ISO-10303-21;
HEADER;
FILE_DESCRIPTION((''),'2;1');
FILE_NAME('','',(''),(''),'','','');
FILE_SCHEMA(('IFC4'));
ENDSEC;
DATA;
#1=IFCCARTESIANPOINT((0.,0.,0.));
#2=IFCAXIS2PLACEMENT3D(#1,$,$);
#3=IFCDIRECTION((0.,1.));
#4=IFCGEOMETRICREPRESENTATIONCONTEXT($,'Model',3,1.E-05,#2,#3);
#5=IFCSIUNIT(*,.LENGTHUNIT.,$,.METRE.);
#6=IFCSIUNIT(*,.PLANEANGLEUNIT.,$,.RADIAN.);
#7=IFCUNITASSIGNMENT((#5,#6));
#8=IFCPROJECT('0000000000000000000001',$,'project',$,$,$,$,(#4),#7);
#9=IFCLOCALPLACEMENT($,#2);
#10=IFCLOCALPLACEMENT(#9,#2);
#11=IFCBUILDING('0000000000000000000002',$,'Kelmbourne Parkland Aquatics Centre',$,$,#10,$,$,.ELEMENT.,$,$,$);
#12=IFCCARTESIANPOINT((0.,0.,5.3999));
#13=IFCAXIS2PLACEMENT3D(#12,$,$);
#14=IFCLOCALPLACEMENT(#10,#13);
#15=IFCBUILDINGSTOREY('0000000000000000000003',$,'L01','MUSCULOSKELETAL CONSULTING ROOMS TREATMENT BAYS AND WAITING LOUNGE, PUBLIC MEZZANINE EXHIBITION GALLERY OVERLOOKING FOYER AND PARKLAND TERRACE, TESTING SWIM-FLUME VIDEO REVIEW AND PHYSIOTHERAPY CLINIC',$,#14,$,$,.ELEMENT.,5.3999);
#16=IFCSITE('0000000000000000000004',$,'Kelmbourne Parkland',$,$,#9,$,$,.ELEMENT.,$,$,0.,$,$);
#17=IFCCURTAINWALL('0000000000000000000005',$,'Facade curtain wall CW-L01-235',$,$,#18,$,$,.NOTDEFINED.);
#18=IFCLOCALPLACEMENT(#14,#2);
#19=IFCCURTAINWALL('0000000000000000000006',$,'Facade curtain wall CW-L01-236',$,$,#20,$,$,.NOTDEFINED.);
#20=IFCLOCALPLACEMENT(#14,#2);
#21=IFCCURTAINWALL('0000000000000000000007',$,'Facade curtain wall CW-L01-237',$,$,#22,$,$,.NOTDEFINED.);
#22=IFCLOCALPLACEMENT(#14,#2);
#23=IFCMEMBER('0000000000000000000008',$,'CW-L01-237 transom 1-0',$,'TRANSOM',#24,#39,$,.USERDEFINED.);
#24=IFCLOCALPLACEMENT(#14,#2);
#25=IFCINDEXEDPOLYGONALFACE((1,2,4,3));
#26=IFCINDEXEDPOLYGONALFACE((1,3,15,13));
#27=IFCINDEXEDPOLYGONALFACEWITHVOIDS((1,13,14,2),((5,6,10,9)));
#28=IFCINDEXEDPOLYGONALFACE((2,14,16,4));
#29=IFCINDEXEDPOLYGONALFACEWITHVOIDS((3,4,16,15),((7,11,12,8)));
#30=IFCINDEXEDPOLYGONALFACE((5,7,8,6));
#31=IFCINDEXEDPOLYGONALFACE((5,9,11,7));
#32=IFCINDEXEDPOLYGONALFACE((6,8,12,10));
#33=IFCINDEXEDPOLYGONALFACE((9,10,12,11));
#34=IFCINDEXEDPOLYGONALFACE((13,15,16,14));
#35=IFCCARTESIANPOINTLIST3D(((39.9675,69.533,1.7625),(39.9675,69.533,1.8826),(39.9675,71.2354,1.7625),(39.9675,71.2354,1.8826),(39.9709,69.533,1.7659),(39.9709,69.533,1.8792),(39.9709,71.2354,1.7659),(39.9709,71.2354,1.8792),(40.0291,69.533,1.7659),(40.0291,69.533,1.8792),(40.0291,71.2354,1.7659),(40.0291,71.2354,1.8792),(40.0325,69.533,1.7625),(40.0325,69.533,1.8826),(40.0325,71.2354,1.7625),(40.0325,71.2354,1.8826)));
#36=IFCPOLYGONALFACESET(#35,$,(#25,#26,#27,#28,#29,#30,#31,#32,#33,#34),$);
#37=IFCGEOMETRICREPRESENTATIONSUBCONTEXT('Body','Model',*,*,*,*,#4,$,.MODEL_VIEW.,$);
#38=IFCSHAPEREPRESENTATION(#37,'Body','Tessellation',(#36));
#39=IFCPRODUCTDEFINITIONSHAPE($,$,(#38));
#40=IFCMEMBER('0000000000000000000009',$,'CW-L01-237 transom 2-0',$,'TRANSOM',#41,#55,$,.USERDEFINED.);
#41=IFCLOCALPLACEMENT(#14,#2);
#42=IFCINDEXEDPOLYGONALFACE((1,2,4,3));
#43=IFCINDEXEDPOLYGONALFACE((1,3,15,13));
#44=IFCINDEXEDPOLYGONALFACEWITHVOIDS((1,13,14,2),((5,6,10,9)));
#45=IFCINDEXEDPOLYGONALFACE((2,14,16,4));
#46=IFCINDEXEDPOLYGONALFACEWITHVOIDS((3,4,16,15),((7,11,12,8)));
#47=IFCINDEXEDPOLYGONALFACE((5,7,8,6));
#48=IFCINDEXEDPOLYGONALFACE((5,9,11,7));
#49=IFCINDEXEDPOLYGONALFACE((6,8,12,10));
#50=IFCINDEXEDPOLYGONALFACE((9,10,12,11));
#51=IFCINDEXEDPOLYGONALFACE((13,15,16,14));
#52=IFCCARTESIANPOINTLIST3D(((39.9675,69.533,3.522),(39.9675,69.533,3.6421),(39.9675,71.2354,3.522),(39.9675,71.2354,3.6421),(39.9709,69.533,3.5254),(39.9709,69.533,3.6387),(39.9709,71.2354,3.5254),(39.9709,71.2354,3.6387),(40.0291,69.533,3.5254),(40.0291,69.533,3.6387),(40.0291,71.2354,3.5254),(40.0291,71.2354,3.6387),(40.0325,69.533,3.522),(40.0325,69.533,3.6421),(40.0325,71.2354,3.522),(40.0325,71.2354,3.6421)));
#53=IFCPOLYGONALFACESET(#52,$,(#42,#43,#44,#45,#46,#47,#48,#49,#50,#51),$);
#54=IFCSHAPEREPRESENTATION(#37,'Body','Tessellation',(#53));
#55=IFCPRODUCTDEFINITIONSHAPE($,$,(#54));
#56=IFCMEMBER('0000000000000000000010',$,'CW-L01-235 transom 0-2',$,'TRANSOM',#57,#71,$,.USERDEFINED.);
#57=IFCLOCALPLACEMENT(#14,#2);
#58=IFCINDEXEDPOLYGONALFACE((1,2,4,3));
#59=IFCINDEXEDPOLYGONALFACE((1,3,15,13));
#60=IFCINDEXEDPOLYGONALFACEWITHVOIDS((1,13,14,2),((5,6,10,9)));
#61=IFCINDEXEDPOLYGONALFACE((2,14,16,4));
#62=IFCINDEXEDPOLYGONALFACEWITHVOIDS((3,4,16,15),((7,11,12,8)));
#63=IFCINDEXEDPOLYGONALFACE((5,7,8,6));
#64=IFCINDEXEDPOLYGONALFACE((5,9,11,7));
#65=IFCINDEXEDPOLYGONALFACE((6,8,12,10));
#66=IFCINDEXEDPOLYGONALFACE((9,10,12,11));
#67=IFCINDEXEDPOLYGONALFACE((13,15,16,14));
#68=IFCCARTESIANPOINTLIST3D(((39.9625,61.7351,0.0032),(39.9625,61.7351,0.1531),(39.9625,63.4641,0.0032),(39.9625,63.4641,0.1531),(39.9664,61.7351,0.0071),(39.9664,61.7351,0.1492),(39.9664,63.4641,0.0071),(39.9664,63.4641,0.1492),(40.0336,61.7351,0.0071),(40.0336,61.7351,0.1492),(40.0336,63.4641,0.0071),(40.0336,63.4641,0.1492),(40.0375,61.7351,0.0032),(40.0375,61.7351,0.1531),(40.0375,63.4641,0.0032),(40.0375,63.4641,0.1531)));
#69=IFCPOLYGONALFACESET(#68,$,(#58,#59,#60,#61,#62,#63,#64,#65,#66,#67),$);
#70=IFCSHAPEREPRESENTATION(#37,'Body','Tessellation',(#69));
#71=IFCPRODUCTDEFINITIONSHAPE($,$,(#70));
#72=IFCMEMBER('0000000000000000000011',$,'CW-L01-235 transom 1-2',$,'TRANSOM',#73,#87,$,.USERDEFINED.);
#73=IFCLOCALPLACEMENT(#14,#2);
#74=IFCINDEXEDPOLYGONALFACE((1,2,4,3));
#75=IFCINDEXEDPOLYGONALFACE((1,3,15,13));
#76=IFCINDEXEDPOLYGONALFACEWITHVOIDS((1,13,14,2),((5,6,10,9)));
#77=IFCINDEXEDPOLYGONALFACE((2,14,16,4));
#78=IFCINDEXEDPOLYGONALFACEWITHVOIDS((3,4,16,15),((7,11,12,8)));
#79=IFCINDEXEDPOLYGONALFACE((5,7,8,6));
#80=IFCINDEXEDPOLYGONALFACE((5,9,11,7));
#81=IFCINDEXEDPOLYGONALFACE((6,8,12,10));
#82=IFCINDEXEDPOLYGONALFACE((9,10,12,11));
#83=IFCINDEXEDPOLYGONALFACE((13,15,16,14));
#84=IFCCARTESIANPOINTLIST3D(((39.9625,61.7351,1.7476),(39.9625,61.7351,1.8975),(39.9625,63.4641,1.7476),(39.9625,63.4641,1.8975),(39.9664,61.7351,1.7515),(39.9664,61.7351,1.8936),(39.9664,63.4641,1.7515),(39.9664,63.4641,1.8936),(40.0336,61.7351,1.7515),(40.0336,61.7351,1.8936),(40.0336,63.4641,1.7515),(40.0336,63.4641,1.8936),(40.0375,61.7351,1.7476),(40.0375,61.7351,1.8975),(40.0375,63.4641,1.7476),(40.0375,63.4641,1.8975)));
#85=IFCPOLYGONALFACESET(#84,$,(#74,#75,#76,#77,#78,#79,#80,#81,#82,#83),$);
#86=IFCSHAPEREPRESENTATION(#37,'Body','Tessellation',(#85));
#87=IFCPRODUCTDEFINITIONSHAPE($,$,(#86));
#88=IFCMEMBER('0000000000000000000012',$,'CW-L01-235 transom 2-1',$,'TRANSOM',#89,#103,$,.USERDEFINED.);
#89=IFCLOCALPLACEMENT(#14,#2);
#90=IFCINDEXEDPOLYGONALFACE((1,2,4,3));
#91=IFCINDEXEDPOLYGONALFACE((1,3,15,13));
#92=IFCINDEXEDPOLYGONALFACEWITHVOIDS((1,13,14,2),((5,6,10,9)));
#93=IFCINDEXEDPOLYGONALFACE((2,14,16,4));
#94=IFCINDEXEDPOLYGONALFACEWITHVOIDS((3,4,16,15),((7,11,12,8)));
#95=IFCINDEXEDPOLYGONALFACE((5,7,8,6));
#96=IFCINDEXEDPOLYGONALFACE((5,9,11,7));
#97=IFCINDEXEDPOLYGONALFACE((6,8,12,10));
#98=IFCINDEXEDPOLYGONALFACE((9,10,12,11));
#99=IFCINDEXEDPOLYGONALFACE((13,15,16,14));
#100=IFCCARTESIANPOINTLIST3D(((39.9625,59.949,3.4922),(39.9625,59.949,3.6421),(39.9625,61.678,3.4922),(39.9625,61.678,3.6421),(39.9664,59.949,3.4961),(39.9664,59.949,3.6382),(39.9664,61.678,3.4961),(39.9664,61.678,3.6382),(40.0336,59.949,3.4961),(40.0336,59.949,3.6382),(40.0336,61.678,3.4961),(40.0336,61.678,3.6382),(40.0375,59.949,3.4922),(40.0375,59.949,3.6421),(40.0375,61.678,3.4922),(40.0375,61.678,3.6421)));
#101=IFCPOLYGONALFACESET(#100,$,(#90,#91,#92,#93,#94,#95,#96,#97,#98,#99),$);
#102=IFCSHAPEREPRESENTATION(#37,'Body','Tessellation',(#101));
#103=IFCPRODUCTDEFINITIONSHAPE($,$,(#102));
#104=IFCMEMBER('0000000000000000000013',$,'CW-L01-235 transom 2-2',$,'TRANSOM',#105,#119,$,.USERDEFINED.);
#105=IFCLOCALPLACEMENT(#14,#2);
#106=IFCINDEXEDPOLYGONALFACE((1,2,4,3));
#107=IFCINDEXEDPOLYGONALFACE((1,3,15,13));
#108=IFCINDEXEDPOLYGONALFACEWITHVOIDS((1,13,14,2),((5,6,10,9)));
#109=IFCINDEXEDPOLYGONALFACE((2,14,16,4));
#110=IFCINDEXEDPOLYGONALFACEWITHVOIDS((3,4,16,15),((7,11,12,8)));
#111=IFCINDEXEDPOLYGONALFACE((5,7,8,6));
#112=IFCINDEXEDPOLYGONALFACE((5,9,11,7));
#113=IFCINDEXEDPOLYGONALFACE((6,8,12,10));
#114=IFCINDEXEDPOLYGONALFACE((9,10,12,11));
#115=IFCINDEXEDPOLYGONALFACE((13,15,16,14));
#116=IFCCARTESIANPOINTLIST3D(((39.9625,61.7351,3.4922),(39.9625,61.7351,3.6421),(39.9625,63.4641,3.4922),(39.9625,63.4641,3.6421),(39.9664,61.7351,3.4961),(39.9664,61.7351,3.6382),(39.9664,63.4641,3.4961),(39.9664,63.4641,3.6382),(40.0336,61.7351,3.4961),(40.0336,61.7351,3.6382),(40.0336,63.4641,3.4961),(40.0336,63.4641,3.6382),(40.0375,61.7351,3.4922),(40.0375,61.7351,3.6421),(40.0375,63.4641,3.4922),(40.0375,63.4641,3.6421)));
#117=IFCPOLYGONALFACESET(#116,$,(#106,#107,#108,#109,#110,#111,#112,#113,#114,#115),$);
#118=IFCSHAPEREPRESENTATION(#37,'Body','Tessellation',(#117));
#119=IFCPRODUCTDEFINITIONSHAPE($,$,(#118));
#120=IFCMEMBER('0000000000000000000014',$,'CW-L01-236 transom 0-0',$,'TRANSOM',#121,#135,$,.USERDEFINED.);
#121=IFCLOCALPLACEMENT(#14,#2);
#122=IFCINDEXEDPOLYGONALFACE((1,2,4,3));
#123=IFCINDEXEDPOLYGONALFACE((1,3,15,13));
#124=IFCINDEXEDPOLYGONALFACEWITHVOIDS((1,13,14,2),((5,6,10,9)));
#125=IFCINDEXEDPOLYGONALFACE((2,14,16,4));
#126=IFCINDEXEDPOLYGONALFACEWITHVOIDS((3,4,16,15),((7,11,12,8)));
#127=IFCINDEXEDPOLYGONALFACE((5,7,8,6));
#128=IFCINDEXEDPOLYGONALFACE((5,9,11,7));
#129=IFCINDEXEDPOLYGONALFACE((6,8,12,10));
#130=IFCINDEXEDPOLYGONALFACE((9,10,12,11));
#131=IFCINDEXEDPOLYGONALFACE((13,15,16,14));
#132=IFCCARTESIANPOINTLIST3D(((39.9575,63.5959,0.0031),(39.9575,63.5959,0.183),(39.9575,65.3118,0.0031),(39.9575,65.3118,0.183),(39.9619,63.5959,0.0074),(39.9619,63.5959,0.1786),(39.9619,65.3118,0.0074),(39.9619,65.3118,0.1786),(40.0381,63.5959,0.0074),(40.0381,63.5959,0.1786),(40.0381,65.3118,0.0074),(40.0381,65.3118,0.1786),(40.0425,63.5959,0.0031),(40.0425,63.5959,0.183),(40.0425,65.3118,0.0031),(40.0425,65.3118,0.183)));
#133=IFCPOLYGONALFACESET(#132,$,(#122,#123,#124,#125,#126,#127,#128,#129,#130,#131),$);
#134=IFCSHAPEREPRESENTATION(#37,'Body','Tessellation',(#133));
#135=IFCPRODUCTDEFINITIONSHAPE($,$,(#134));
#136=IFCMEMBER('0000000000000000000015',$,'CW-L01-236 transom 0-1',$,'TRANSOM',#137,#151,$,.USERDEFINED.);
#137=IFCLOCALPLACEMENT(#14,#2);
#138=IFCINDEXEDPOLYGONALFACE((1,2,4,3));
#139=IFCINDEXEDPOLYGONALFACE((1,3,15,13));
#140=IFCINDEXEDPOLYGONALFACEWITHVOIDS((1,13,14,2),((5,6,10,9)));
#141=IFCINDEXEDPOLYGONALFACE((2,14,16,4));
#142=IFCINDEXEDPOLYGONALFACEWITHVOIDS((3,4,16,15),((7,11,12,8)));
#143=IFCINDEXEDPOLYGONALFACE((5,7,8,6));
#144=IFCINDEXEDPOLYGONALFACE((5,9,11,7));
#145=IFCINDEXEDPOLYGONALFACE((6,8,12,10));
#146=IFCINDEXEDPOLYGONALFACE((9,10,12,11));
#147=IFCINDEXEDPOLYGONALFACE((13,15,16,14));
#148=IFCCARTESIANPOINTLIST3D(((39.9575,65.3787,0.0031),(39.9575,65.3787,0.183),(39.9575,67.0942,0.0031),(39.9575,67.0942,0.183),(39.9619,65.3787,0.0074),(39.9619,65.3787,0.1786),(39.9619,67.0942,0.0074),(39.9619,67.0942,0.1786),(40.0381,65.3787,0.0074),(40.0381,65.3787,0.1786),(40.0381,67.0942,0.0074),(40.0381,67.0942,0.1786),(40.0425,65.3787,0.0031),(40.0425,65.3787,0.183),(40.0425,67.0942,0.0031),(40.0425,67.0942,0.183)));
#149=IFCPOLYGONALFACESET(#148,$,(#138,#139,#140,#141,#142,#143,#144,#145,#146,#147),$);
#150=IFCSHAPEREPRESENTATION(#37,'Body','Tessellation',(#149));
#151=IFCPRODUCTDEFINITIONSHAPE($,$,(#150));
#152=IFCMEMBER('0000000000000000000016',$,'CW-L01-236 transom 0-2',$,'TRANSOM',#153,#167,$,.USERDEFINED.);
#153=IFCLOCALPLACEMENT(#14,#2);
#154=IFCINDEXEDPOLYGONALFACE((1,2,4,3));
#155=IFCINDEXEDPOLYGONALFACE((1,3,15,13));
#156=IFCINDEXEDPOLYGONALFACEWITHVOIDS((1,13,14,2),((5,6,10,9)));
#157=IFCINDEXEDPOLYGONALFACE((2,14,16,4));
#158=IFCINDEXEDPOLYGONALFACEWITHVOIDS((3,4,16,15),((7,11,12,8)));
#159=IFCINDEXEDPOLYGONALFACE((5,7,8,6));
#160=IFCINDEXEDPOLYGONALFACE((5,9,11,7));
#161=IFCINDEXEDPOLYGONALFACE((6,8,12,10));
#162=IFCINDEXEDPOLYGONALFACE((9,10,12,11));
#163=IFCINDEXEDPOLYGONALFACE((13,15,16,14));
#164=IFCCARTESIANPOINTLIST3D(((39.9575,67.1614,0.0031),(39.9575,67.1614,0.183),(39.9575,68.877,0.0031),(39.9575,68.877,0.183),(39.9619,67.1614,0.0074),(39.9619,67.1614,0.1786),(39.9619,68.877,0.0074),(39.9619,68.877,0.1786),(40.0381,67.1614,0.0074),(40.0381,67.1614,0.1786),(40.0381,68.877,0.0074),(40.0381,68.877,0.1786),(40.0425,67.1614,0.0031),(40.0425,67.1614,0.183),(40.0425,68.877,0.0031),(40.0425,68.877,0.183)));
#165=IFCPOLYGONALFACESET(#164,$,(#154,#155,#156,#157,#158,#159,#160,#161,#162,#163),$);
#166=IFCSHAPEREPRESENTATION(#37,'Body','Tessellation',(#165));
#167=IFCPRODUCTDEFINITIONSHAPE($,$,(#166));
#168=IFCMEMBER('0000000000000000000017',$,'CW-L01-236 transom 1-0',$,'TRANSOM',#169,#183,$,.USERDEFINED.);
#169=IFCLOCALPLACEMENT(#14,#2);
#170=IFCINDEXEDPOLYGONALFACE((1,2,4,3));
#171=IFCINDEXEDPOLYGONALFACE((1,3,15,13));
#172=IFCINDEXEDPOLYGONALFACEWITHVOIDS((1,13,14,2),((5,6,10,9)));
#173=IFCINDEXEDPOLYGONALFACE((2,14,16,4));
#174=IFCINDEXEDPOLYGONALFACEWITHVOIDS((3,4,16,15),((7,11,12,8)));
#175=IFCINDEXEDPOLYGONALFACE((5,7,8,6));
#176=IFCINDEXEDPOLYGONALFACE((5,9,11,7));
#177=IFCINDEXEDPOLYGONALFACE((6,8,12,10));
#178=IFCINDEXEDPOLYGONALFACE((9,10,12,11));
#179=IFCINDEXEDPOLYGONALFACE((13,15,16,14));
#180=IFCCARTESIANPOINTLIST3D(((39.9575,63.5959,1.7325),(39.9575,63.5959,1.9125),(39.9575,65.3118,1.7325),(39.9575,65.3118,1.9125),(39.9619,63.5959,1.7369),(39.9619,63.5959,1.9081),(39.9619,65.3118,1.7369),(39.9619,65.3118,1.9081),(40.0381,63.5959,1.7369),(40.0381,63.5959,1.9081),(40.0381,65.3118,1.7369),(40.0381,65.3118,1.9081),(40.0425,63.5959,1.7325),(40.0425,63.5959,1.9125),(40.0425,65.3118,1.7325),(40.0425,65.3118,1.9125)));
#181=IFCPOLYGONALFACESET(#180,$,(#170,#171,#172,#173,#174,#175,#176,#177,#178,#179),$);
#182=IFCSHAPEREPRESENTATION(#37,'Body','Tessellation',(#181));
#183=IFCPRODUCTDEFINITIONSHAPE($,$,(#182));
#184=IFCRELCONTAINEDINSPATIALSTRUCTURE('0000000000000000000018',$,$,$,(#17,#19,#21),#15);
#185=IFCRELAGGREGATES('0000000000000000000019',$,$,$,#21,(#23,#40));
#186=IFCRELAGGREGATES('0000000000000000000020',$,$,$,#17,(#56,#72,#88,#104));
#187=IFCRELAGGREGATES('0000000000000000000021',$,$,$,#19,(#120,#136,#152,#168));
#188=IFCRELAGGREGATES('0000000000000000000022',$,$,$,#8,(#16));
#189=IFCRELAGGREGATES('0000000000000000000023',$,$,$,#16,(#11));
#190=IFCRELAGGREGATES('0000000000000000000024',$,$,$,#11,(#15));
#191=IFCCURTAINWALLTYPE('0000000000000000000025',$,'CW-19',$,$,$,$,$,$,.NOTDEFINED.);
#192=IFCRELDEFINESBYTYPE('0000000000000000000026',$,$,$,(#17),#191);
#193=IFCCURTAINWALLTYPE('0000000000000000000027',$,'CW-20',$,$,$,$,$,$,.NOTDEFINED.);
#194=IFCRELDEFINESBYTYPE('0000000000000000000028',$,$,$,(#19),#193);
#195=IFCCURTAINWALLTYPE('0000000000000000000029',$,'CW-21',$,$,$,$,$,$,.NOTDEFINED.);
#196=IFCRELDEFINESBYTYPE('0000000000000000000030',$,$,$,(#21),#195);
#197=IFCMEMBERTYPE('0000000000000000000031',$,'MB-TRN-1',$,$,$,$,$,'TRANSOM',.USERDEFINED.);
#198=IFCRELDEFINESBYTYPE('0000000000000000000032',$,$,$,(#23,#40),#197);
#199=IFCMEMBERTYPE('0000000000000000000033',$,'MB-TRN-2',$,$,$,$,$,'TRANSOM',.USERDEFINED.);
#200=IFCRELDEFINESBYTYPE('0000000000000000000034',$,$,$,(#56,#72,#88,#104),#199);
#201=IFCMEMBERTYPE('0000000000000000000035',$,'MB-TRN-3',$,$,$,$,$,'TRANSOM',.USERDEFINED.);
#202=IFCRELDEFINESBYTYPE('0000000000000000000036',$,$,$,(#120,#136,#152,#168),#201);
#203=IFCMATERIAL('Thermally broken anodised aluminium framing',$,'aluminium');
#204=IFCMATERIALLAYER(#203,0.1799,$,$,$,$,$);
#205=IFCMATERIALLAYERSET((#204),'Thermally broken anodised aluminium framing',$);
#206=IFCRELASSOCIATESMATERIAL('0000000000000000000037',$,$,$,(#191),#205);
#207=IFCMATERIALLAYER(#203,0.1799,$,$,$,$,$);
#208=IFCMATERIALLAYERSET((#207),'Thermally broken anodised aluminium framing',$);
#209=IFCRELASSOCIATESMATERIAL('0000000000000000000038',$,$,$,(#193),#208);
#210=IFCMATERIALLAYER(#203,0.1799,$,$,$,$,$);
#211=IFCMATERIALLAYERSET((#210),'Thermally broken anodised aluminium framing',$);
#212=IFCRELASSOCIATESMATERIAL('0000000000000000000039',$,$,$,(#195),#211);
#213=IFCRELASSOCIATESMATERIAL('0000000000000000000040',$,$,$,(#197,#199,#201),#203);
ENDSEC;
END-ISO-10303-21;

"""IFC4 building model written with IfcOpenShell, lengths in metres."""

from ifc_helpers import new_model, si_unit, direction, frame, origin, origin_2d, place, context, subcontext, project, spatial, hollow_rectangle, extrude, material, layer, layer_set, material_profile, profile_set, type_object, element, aggregate, save


model = new_model("IFC4")

# Units and contexts
model_context = context("Model", 3, precision=1e-05, world=origin(), true_north=direction((0.0, 1.0)))
body_context = subcontext(model_context, "Body", "Model", "MODEL_VIEW")
ifc_project = project(units=[si_unit("LENGTHUNIT", "METRE"), si_unit("PLANEANGLEUNIT", "RADIAN")], contexts=[model_context])

# Site, building, storey
site_placement = place(None, origin())
site = spatial("IfcSite", under=ifc_project, at=site_placement, Name="Kelmbourne Parkland", CompositionType="ELEMENT", RefElevation=0.0)
building_placement = place(site_placement, origin())
building = spatial("IfcBuilding", under=site, at=building_placement, Name="Kelmbourne Parkland Aquatics Centre", CompositionType="ELEMENT")
storey_placement = place(building_placement, frame((0.0, 0.0, 5.3999)))
storey = spatial("IfcBuildingStorey", under=building, at=storey_placement, Name="L01", Description="MUSCULOSKELETAL CONSULTING ROOMS TREATMENT BAYS AND WAITING LOUNGE, PUBLIC MEZZANINE EXHIBITION GALLERY OVERLOOKING FOYER AND PARKLAND TERRACE, TESTING SWIM-FLUME VIDEO REVIEW AND PHYSIOTHERAPY CLINIC", CompositionType="ELEMENT", Elevation=5.3999)

# Curtain walls, members
ifc_material_1 = material(Name="Thermally broken anodised aluminium framing", Category="aluminium")
ifc_layer_1 = layer(ifc_material_1, 0.1799)
ifc_layer_set_1 = layer_set([ifc_layer_1], Name="Thermally broken anodised aluminium framing")
curtain_wall_type_1 = type_object("IfcCurtainWallType", Name="CW-19", PredefinedType="NOTDEFINED", material=ifc_layer_set_1)
curtain_wall_1_placement = place(storey_placement, origin())
curtain_wall_1 = element("IfcCurtainWall", 1, at=curtain_wall_1_placement, inside=storey, type_object=curtain_wall_type_1, Name="Facade curtain wall CW-L01-235", PredefinedType="NOTDEFINED")
ifc_layer_2 = layer(ifc_material_1, 0.1799)
ifc_layer_set_2 = layer_set([ifc_layer_2], Name="Thermally broken anodised aluminium framing")
curtain_wall_type_2 = type_object("IfcCurtainWallType", Name="CW-20", PredefinedType="NOTDEFINED", material=ifc_layer_set_2)
curtain_wall_2_placement = place(storey_placement, origin())
curtain_wall_2 = element("IfcCurtainWall", 2, at=curtain_wall_2_placement, inside=storey, type_object=curtain_wall_type_2, Name="Facade curtain wall CW-L01-236", PredefinedType="NOTDEFINED")
ifc_layer_3 = layer(ifc_material_1, 0.1799)
ifc_layer_set_3 = layer_set([ifc_layer_3], Name="Thermally broken anodised aluminium framing")
curtain_wall_type_3 = type_object("IfcCurtainWallType", Name="CW-21", PredefinedType="NOTDEFINED", material=ifc_layer_set_3)
curtain_wall_3_placement = place(storey_placement, origin())
curtain_wall_3 = element("IfcCurtainWall", 3, at=curtain_wall_3_placement, inside=storey, type_object=curtain_wall_type_3, Name="Facade curtain wall CW-L01-237", PredefinedType="NOTDEFINED")
ifc_material_profile_1 = material_profile(ifc_material_1, hollow_rectangle(XDim=0.0649, YDim=0.1201, WallThickness=0.0034, at=origin_2d()), Name="CW-T 65x120")
ifc_profile_set_1 = profile_set([ifc_material_profile_1], Name="Thermally broken anodised aluminium framing")
member_type_1 = type_object("IfcMemberType", Name="MB-TRN-1", ElementType="TRANSOM", PredefinedType="USERDEFINED", material=ifc_profile_set_1)
member_1_placement = place(storey_placement, frame((40.0, 69.533, 1.8225), z_axis=(0.0, 1.0, 0.0), x_axis=(-1.0, 0.0, 0.0)))
member_1 = element("IfcMember", 4, at=member_1_placement, type_object=member_type_1, Name="CW-L01-237 transom 1-0", ObjectType="TRANSOM", PredefinedType="USERDEFINED", context=body_context, shape_type="SweptSolid", body=[
    extrude(hollow_rectangle(XDim=0.0649, YDim=0.1201, WallThickness=0.0034, at=origin_2d()), origin(), (0.0, 0.0, 1.0), 1.7024),
])
member_2_placement = place(storey_placement, frame((40.0, 69.533, 3.582), z_axis=(0.0, 1.0, 0.0), x_axis=(-1.0, 0.0, 0.0)))
member_2 = element("IfcMember", 5, at=member_2_placement, type_object=member_type_1, Name="CW-L01-237 transom 2-0", ObjectType="TRANSOM", PredefinedType="USERDEFINED", context=body_context, shape_type="SweptSolid", body=[
    extrude(hollow_rectangle(XDim=0.0649, YDim=0.1201, WallThickness=0.0034, at=origin_2d()), origin(), (0.0, 0.0, 1.0), 1.7024),
])
aggregate(curtain_wall_3, [member_1, member_2])

# Members
ifc_material_profile_2 = material_profile(ifc_material_1, hollow_rectangle(XDim=0.075, YDim=0.1499, WallThickness=0.0039, at=origin_2d()), Name="CW-T 75x150")
ifc_profile_set_2 = profile_set([ifc_material_profile_2], Name="Thermally broken anodised aluminium framing")
member_type_2 = type_object("IfcMemberType", Name="MB-TRN-2", ElementType="TRANSOM", PredefinedType="USERDEFINED", material=ifc_profile_set_2)
member_3_placement = place(storey_placement, frame((40.0, 61.7351, 0.0781), z_axis=(0.0, 1.0, 0.0), x_axis=(-1.0, 0.0, 0.0)))
member_3 = element("IfcMember", 6, at=member_3_placement, type_object=member_type_2, Name="CW-L01-235 transom 0-2", ObjectType="TRANSOM", PredefinedType="USERDEFINED", context=body_context, shape_type="SweptSolid", body=[
    extrude(hollow_rectangle(XDim=0.075, YDim=0.1499, WallThickness=0.0039, at=origin_2d()), origin(), (0.0, 0.0, 1.0), 1.729),
])
member_4_placement = place(storey_placement, frame((40.0, 61.7351, 1.8225), z_axis=(0.0, 1.0, 0.0), x_axis=(-1.0, 0.0, 0.0)))
member_4 = element("IfcMember", 7, at=member_4_placement, type_object=member_type_2, Name="CW-L01-235 transom 1-2", ObjectType="TRANSOM", PredefinedType="USERDEFINED", context=body_context, shape_type="SweptSolid", body=[
    extrude(hollow_rectangle(XDim=0.075, YDim=0.1499, WallThickness=0.0039, at=origin_2d()), origin(), (0.0, 0.0, 1.0), 1.729),
])
member_5_placement = place(storey_placement, frame((40.0, 59.949, 3.5671), z_axis=(0.0, 1.0, 0.0), x_axis=(-1.0, 0.0, 0.0)))
member_5 = element("IfcMember", 8, at=member_5_placement, type_object=member_type_2, Name="CW-L01-235 transom 2-1", ObjectType="TRANSOM", PredefinedType="USERDEFINED", context=body_context, shape_type="SweptSolid", body=[
    extrude(hollow_rectangle(XDim=0.075, YDim=0.1499, WallThickness=0.0039, at=origin_2d()), origin(), (0.0, 0.0, 1.0), 1.729),
])
member_6_placement = place(storey_placement, frame((40.0, 61.7351, 3.5671), z_axis=(0.0, 1.0, 0.0), x_axis=(-1.0, 0.0, 0.0)))
member_6 = element("IfcMember", 9, at=member_6_placement, type_object=member_type_2, Name="CW-L01-235 transom 2-2", ObjectType="TRANSOM", PredefinedType="USERDEFINED", context=body_context, shape_type="SweptSolid", body=[
    extrude(hollow_rectangle(XDim=0.075, YDim=0.1499, WallThickness=0.0039, at=origin_2d()), origin(), (0.0, 0.0, 1.0), 1.729),
])
ifc_material_profile_3 = material_profile(ifc_material_1, hollow_rectangle(XDim=0.085, YDim=0.1799, WallThickness=0.0044, at=origin_2d()), Name="CW-T 85x180")
ifc_profile_set_3 = profile_set([ifc_material_profile_3], Name="Thermally broken anodised aluminium framing")
member_type_3 = type_object("IfcMemberType", Name="MB-TRN-3", ElementType="TRANSOM", PredefinedType="USERDEFINED", material=ifc_profile_set_3)
member_7_placement = place(storey_placement, frame((40.0, 63.5959, 0.093), z_axis=(0.0, 1.0, 0.0), x_axis=(-1.0, 0.0, 0.0)))
member_7 = element("IfcMember", 10, at=member_7_placement, type_object=member_type_3, Name="CW-L01-236 transom 0-0", ObjectType="TRANSOM", PredefinedType="USERDEFINED", context=body_context, shape_type="SweptSolid", body=[
    extrude(hollow_rectangle(XDim=0.085, YDim=0.1799, WallThickness=0.0044, at=origin_2d()), origin(), (0.0, 0.0, 1.0), 1.7158),
])
member_8_placement = place(storey_placement, frame((40.0, 65.3787, 0.093), z_axis=(0.0, 1.0, 0.0), x_axis=(-1.0, 0.0, 0.0)))
member_8 = element("IfcMember", 11, at=member_8_placement, type_object=member_type_3, Name="CW-L01-236 transom 0-1", ObjectType="TRANSOM", PredefinedType="USERDEFINED", context=body_context, shape_type="SweptSolid", body=[
    extrude(hollow_rectangle(XDim=0.085, YDim=0.1799, WallThickness=0.0044, at=origin_2d()), origin(), (0.0, 0.0, 1.0), 1.7156),
])
member_9_placement = place(storey_placement, frame((40.0, 67.1614, 0.093), z_axis=(0.0, 1.0, 0.0), x_axis=(-1.0, 0.0, 0.0)))
member_9 = element("IfcMember", 12, at=member_9_placement, type_object=member_type_3, Name="CW-L01-236 transom 0-2", ObjectType="TRANSOM", PredefinedType="USERDEFINED", context=body_context, shape_type="SweptSolid", body=[
    extrude(hollow_rectangle(XDim=0.085, YDim=0.1799, WallThickness=0.0044, at=origin_2d()), origin(), (0.0, 0.0, 1.0), 1.7156),
])
member_10_placement = place(storey_placement, frame((40.0, 63.5959, 1.8225), z_axis=(0.0, 1.0, 0.0), x_axis=(-1.0, 0.0, 0.0)))
member_10 = element("IfcMember", 13, at=member_10_placement, type_object=member_type_3, Name="CW-L01-236 transom 1-0", ObjectType="TRANSOM", PredefinedType="USERDEFINED", context=body_context, shape_type="SweptSolid", body=[
    extrude(hollow_rectangle(XDim=0.085, YDim=0.1799, WallThickness=0.0044, at=origin_2d()), origin(), (0.0, 0.0, 1.0), 1.7158),
])

aggregate(curtain_wall_1, [member_3, member_4, member_5, member_6])
aggregate(curtain_wall_2, [member_7, member_8, member_9, member_10])

save(model, "model.ifc")
